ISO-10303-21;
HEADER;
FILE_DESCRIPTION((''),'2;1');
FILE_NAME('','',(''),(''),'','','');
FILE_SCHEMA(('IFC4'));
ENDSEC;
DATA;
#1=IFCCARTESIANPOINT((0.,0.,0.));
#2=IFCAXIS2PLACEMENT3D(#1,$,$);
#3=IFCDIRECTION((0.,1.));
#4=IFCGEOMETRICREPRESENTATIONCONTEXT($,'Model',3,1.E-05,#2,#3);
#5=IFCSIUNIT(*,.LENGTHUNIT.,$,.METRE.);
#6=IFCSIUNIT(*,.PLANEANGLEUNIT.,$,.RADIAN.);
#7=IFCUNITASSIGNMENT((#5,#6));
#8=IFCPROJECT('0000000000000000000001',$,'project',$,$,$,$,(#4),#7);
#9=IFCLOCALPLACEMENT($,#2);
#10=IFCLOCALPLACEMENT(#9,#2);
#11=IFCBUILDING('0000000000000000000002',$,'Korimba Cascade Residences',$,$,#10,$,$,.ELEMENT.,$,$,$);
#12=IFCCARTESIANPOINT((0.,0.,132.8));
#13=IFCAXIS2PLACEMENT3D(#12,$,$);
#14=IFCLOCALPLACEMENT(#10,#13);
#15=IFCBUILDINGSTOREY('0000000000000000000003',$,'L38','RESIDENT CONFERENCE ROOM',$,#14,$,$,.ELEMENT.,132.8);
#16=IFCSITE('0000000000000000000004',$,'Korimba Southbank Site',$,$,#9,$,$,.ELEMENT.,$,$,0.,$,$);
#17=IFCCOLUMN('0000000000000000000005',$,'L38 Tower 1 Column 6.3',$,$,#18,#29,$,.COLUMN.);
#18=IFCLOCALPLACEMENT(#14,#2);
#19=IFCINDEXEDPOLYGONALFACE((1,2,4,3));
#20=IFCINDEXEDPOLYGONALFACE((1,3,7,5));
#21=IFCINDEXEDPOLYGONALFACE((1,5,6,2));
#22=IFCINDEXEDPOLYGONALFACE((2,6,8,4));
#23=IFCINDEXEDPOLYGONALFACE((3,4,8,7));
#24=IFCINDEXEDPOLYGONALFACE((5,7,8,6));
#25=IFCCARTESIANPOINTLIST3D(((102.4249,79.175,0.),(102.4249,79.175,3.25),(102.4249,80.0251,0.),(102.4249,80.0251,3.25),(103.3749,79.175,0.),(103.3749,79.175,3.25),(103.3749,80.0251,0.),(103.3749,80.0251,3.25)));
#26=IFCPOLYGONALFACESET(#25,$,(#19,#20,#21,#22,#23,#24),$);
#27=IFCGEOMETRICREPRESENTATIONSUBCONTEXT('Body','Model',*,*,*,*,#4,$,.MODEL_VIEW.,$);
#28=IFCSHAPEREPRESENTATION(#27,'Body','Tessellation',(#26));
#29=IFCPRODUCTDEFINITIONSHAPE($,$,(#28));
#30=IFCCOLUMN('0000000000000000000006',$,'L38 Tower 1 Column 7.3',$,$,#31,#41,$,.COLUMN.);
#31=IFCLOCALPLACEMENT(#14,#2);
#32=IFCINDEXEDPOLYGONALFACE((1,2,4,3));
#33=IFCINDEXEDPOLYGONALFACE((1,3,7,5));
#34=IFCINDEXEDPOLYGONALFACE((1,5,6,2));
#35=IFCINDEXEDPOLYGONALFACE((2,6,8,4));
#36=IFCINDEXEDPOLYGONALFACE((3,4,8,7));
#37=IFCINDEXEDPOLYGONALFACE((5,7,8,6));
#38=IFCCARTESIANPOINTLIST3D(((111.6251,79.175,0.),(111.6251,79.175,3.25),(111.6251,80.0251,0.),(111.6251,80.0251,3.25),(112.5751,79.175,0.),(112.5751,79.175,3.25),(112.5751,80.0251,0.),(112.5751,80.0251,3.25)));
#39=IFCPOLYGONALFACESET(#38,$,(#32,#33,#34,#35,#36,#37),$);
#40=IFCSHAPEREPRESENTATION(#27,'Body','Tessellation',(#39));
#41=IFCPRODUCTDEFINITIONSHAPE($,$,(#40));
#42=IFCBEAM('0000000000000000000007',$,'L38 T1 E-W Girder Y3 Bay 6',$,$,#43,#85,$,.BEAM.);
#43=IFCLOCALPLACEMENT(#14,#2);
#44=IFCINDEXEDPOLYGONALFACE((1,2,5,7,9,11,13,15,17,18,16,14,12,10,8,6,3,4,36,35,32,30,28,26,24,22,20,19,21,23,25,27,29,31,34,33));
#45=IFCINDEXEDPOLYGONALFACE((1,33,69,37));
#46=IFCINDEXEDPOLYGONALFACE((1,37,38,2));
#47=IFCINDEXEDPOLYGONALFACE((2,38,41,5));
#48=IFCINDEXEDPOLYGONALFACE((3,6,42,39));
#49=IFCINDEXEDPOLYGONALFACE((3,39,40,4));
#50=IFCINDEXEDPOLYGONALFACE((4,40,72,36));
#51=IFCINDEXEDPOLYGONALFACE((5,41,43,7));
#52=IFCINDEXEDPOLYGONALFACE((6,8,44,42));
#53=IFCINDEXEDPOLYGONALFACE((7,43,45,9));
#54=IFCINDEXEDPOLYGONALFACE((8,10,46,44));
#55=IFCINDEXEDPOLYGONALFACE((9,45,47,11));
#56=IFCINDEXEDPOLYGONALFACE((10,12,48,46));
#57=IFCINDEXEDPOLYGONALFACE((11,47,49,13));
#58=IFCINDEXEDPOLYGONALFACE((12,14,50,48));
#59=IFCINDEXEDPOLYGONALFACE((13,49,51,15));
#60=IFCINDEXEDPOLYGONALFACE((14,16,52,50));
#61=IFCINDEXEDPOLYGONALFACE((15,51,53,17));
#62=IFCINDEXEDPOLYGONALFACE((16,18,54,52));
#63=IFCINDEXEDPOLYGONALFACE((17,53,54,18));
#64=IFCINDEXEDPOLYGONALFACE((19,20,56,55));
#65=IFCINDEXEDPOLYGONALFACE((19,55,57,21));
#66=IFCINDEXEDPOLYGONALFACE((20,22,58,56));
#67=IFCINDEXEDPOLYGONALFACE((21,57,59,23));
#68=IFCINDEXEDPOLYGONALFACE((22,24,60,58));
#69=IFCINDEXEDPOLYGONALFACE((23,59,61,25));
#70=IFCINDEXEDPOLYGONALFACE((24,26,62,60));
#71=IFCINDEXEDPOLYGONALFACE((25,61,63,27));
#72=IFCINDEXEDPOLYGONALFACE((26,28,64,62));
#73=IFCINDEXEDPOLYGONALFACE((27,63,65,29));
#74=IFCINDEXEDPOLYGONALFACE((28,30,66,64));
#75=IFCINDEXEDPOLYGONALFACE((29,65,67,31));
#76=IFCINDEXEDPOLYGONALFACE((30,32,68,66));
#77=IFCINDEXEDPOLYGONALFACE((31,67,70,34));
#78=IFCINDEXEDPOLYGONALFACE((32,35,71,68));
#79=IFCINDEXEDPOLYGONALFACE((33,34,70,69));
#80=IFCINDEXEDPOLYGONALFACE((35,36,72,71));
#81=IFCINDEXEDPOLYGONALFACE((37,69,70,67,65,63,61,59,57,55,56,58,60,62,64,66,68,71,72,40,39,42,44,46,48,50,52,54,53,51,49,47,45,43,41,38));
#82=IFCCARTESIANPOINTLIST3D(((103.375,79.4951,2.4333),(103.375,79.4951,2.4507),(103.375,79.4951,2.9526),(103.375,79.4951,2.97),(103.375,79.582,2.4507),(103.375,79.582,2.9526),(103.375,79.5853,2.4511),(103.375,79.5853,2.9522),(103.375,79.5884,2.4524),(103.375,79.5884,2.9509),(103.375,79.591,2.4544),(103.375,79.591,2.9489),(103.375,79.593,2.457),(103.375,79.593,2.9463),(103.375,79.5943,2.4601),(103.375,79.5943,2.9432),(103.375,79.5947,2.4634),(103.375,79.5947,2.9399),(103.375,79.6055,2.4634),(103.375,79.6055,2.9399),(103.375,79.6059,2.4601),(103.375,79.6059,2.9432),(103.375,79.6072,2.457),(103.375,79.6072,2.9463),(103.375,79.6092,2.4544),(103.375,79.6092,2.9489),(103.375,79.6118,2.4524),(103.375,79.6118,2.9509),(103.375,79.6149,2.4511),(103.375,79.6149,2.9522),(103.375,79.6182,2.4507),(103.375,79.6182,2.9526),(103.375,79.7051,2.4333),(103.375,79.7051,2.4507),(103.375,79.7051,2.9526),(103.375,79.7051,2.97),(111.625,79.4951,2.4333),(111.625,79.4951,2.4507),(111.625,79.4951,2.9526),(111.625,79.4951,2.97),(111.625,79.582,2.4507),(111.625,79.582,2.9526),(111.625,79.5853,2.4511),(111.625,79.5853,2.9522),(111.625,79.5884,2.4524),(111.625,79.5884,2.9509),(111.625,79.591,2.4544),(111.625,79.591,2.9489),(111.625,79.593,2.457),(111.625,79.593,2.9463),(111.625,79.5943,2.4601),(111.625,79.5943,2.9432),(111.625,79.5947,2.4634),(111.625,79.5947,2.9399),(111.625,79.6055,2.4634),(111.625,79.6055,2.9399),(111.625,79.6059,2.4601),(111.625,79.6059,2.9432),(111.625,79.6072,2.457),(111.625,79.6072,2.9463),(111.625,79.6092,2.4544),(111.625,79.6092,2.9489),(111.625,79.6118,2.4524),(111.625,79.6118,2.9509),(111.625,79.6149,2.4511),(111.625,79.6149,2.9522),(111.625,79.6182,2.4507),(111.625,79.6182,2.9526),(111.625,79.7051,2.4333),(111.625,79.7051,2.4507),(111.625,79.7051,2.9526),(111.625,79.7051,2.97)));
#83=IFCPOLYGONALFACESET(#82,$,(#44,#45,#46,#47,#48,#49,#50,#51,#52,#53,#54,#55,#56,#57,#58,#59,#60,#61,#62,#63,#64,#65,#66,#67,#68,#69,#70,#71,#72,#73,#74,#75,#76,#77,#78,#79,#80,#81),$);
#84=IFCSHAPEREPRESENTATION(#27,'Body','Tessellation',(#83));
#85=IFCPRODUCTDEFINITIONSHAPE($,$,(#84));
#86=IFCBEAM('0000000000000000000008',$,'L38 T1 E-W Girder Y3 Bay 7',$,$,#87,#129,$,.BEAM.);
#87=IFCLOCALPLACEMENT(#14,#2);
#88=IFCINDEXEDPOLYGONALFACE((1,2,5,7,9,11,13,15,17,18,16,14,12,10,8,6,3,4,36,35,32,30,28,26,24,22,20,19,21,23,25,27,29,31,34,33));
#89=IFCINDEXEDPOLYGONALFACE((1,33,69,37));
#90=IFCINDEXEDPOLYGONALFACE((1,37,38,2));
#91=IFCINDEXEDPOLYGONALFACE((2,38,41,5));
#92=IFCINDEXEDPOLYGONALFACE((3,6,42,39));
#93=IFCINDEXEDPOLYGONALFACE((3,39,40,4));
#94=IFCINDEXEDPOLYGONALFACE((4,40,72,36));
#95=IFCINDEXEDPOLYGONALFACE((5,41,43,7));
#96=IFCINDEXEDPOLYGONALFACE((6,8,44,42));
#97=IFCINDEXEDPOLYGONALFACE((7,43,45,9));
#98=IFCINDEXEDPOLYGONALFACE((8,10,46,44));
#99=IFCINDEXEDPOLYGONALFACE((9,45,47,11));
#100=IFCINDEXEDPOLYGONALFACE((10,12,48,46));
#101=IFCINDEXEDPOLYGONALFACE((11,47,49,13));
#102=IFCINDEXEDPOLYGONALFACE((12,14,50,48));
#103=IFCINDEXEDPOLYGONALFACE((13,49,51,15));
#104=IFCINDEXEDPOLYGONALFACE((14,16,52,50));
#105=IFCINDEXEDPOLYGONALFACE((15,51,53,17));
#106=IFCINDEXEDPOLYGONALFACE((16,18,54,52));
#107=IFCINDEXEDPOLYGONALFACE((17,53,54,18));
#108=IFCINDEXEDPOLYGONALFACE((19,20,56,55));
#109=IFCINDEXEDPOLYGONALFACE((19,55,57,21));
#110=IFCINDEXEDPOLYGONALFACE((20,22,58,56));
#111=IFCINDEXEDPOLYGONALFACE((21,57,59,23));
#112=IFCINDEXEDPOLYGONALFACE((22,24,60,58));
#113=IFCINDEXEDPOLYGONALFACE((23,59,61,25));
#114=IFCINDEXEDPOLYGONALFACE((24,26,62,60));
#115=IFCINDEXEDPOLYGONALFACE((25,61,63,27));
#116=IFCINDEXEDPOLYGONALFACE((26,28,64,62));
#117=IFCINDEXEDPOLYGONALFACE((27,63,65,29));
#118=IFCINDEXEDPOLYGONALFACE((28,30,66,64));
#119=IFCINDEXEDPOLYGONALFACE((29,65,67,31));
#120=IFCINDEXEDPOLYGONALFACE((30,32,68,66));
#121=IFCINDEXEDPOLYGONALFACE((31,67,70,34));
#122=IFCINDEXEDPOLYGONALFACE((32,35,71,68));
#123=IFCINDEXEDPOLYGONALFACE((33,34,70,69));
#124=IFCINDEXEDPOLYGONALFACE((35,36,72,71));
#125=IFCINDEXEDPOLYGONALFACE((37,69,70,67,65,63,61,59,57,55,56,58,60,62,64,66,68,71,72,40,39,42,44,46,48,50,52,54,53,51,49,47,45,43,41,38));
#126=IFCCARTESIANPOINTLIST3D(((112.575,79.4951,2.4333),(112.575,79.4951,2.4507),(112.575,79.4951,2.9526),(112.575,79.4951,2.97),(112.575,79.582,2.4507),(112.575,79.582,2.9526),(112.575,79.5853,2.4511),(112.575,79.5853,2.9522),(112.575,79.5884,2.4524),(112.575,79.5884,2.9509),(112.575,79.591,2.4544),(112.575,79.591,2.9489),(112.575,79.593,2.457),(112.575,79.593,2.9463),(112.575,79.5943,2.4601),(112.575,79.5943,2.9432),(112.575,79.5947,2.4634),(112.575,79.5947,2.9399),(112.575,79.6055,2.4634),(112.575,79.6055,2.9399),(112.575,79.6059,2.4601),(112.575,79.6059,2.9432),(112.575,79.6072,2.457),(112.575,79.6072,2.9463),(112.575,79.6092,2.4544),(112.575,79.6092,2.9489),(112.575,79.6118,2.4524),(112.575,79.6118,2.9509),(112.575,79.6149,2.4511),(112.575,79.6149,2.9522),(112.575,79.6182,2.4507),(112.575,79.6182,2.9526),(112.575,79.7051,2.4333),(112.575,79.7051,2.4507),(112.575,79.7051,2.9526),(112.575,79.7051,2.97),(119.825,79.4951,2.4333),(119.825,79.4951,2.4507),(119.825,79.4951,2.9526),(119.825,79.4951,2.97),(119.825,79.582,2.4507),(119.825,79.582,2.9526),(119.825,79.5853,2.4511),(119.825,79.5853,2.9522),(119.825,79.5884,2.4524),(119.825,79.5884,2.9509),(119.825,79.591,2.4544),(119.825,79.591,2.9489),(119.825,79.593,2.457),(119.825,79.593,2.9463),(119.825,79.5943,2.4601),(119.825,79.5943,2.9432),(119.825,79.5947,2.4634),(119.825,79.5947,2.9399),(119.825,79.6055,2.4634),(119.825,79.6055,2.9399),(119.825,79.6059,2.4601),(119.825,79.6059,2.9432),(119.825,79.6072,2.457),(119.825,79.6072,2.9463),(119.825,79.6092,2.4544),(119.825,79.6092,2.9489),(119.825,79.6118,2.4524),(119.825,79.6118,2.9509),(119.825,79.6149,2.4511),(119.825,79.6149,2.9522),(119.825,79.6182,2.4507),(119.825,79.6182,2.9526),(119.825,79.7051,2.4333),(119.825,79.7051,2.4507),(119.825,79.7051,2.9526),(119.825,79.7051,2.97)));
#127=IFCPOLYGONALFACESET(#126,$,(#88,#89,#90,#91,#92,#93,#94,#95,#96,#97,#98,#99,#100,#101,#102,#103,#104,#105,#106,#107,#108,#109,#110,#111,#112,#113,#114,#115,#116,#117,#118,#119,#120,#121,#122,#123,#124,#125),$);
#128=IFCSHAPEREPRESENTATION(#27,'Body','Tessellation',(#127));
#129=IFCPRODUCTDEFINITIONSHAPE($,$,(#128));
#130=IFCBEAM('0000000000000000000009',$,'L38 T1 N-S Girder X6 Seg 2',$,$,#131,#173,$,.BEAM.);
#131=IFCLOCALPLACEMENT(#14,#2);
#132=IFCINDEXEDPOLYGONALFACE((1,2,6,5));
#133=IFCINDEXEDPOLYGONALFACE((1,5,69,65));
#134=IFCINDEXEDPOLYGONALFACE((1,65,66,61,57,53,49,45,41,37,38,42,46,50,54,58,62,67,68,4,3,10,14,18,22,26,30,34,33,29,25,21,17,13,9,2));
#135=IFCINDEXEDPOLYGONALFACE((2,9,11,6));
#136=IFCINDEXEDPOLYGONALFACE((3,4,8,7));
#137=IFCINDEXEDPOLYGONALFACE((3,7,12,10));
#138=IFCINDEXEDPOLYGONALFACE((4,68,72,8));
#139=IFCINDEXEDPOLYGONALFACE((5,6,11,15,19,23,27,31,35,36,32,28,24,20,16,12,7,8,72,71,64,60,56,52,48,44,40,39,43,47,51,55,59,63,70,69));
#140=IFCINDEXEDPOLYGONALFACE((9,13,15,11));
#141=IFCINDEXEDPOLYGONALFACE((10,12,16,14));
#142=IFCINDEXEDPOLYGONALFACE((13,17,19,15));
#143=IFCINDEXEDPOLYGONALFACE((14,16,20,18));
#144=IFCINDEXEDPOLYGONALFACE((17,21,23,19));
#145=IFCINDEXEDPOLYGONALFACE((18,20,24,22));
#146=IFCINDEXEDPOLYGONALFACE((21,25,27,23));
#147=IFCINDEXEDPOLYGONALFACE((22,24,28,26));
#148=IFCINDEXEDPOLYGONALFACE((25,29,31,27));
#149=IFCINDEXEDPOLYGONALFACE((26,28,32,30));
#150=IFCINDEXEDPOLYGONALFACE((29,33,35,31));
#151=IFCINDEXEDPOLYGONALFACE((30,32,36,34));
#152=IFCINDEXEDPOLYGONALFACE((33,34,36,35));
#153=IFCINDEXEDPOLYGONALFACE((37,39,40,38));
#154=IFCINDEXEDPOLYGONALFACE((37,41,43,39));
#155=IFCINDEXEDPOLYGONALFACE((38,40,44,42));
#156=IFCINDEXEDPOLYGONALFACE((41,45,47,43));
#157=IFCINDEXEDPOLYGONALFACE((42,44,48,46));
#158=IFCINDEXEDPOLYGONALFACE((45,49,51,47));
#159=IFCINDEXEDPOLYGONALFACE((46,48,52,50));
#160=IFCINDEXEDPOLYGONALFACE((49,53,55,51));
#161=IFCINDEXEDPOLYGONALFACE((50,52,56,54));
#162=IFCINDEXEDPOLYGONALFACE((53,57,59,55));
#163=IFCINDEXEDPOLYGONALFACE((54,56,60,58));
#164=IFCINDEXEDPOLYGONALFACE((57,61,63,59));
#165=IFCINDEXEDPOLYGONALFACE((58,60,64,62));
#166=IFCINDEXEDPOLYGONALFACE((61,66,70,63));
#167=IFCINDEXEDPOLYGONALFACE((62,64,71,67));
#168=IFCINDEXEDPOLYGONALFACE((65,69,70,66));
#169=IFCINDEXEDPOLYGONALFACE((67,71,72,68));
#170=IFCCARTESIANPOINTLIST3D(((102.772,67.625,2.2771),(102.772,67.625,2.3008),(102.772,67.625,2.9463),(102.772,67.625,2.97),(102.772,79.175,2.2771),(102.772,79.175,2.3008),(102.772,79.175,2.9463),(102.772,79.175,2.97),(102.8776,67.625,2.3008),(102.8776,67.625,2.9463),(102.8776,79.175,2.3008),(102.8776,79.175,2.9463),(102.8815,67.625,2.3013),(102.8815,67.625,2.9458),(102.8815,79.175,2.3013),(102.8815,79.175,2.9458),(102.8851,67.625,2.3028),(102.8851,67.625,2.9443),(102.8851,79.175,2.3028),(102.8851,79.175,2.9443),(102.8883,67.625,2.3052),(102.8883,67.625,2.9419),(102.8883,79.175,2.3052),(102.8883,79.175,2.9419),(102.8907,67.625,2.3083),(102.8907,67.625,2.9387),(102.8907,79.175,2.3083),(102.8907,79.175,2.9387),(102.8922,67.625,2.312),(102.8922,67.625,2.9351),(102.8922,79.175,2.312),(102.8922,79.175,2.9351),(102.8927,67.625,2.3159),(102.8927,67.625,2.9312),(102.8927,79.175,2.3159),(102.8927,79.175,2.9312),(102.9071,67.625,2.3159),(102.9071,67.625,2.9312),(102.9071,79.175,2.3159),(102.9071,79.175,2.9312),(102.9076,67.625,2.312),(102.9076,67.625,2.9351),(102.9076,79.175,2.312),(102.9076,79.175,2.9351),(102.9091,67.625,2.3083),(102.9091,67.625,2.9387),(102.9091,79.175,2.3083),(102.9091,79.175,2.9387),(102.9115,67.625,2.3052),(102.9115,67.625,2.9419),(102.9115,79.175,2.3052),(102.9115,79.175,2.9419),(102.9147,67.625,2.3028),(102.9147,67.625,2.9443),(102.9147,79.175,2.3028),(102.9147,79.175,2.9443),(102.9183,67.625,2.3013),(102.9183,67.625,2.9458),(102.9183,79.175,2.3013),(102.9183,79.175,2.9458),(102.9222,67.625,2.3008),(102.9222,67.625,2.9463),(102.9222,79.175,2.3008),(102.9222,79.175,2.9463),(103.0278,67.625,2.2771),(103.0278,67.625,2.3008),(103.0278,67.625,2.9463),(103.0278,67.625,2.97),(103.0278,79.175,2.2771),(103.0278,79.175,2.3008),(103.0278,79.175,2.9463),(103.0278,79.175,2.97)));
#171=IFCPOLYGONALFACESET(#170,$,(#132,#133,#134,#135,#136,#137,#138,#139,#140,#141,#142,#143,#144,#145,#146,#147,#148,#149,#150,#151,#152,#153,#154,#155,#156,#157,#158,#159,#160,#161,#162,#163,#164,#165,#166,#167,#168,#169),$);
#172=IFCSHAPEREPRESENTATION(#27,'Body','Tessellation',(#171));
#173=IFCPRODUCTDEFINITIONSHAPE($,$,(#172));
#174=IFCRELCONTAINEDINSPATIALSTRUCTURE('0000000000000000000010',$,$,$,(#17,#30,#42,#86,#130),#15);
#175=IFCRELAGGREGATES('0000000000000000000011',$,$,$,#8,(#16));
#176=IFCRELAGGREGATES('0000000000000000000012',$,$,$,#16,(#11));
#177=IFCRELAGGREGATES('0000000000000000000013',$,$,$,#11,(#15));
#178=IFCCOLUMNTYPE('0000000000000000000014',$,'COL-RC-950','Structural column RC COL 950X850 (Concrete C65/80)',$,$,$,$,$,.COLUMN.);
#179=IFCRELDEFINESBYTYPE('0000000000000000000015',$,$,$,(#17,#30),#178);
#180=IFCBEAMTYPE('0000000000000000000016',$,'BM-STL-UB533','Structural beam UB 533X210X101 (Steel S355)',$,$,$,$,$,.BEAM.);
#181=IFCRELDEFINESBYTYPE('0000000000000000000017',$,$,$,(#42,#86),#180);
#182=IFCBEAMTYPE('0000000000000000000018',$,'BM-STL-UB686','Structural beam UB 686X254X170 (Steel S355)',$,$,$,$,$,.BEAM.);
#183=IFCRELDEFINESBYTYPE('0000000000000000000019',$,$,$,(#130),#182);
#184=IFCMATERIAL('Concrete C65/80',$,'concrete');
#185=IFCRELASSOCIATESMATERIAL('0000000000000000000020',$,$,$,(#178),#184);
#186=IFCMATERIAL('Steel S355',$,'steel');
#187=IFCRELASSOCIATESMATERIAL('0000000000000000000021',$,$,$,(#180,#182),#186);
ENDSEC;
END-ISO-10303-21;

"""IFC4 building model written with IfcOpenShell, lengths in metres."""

from ifc_helpers import new_model, si_unit, direction, frame, origin, origin_2d, place, context, subcontext, project, spatial, rectangle, i_section, extrude, material, material_profile, profile_set, type_object, element, save


model = new_model("IFC4")

# Units and contexts
model_context = context("Model", 3, precision=1e-05, world=origin(), true_north=direction((0.0, 1.0)))
body_context = subcontext(model_context, "Body", "Model", "MODEL_VIEW")
ifc_project = project(units=[si_unit("LENGTHUNIT", "METRE"), si_unit("PLANEANGLEUNIT", "RADIAN")], contexts=[model_context])

# Site, building, storey
site_placement = place(None, origin())
site = spatial("IfcSite", under=ifc_project, at=site_placement, Name="Korimba Southbank Site", CompositionType="ELEMENT", RefElevation=0.0)
building_placement = place(site_placement, origin())
building = spatial("IfcBuilding", under=site, at=building_placement, Name="Korimba Cascade Residences", CompositionType="ELEMENT")
storey_placement = place(building_placement, frame((0.0, 0.0, 132.8)))
storey = spatial("IfcBuildingStorey", under=building, at=storey_placement, Name="L38", Description="RESIDENT CONFERENCE ROOM", CompositionType="ELEMENT", Elevation=132.8)

# Columns
ifc_material_1 = material(Name="Concrete C65/80", Category="concrete")
ifc_material_profile_1 = material_profile(ifc_material_1, rectangle(XDim=0.95, YDim=0.8501, at=origin_2d()), Name="Concrete C65/80")
ifc_profile_set_1 = profile_set([ifc_material_profile_1], Name="Concrete C65/80")
column_type = type_object("IfcColumnType", Name="COL-RC-950", Description="Structural column RC COL 950X850 (Concrete C65/80)", PredefinedType="COLUMN", material=ifc_profile_set_1)
for number, where, z_axis, x_axis, name in (
    (1, (102.8999, 79.6001, 0.0), (0.0, 0.0, 1.0), (1.0, 0.0, 0.0), "L38 Tower 1 Column 6.3"),
    (2, (112.1001, 79.6001, 0.0), (0.0, 0.0, 1.0), (1.0, 0.0, 0.0), "L38 Tower 1 Column 7.3"),
):
    element("IfcColumn", number, at=place(storey_placement, frame(where, z_axis=z_axis, x_axis=x_axis)), inside=storey, type_object=column_type, Name=name, PredefinedType="COLUMN", context=body_context, shape_type="SweptSolid", body=[
        extrude(rectangle(XDim=0.95, YDim=0.8501, at=origin_2d()), origin(), (0.0, 0.0, 1.0), 3.25),
    ])

# Beams
ifc_material_2 = material(Name="Steel S355", Category="steel")
ifc_material_profile_2 = material_profile(ifc_material_2, i_section(OverallWidth=0.21, OverallDepth=0.5366, WebThickness=0.0107, FlangeThickness=0.0173, FilletRadius=0.0127, at=origin_2d()), Name="Steel S355")
ifc_profile_set_2 = profile_set([ifc_material_profile_2], Name="Steel S355")
beam_type_1 = type_object("IfcBeamType", Name="BM-STL-UB533", Description="Structural beam UB 533X210X101 (Steel S355)", PredefinedType="BEAM", material=ifc_profile_set_2)
beam_1_placement = place(storey_placement, frame((103.375, 79.6001, 2.7017), z_axis=(1.0, 0.0, 0.0), x_axis=(0.0, 1.0, 0.0)))
element("IfcBeam", 3, at=beam_1_placement, inside=storey, type_object=beam_type_1, Name="L38 T1 E-W Girder Y3 Bay 6", PredefinedType="BEAM", context=body_context, shape_type="SweptSolid", body=[
    extrude(i_section(OverallWidth=0.21, OverallDepth=0.5366, WebThickness=0.0107, FlangeThickness=0.0173, FilletRadius=0.0127, at=origin_2d()), origin(), (0.0, 0.0, 1.0), 8.25),
])
beam_2_placement = place(storey_placement, frame((112.575, 79.6001, 2.7017), z_axis=(1.0, 0.0, 0.0), x_axis=(0.0, 1.0, 0.0)))
element("IfcBeam", 4, at=beam_2_placement, inside=storey, type_object=beam_type_1, Name="L38 T1 E-W Girder Y3 Bay 7", PredefinedType="BEAM", context=body_context, shape_type="SweptSolid", body=[
    extrude(i_section(OverallWidth=0.21, OverallDepth=0.5366, WebThickness=0.0107, FlangeThickness=0.0173, FilletRadius=0.0127, at=origin_2d()), origin(), (0.0, 0.0, 1.0), 7.25),
])
ifc_material_profile_3 = material_profile(ifc_material_2, i_section(OverallWidth=0.2559, OverallDepth=0.6929, WebThickness=0.0144, FlangeThickness=0.0237, FilletRadius=0.0151, at=origin_2d()), Name="Steel S355")
ifc_profile_set_3 = profile_set([ifc_material_profile_3], Name="Steel S355")
beam_type_2 = type_object("IfcBeamType", Name="BM-STL-UB686", Description="Structural beam UB 686X254X170 (Steel S355)", PredefinedType="BEAM", material=ifc_profile_set_3)
beam_3_placement = place(storey_placement, frame((102.8999, 67.625, 2.6235), z_axis=(0.0, 1.0, 0.0), x_axis=(-1.0, 0.0, 0.0)))
element("IfcBeam", 5, at=beam_3_placement, inside=storey, type_object=beam_type_2, Name="L38 T1 N-S Girder X6 Seg 2", PredefinedType="BEAM", context=body_context, shape_type="SweptSolid", body=[
    extrude(i_section(OverallWidth=0.2559, OverallDepth=0.6929, WebThickness=0.0144, FlangeThickness=0.0237, FilletRadius=0.0151, at=origin_2d()), origin(), (0.0, 0.0, 1.0), 11.55),
])

save(model, "model.ifc")
